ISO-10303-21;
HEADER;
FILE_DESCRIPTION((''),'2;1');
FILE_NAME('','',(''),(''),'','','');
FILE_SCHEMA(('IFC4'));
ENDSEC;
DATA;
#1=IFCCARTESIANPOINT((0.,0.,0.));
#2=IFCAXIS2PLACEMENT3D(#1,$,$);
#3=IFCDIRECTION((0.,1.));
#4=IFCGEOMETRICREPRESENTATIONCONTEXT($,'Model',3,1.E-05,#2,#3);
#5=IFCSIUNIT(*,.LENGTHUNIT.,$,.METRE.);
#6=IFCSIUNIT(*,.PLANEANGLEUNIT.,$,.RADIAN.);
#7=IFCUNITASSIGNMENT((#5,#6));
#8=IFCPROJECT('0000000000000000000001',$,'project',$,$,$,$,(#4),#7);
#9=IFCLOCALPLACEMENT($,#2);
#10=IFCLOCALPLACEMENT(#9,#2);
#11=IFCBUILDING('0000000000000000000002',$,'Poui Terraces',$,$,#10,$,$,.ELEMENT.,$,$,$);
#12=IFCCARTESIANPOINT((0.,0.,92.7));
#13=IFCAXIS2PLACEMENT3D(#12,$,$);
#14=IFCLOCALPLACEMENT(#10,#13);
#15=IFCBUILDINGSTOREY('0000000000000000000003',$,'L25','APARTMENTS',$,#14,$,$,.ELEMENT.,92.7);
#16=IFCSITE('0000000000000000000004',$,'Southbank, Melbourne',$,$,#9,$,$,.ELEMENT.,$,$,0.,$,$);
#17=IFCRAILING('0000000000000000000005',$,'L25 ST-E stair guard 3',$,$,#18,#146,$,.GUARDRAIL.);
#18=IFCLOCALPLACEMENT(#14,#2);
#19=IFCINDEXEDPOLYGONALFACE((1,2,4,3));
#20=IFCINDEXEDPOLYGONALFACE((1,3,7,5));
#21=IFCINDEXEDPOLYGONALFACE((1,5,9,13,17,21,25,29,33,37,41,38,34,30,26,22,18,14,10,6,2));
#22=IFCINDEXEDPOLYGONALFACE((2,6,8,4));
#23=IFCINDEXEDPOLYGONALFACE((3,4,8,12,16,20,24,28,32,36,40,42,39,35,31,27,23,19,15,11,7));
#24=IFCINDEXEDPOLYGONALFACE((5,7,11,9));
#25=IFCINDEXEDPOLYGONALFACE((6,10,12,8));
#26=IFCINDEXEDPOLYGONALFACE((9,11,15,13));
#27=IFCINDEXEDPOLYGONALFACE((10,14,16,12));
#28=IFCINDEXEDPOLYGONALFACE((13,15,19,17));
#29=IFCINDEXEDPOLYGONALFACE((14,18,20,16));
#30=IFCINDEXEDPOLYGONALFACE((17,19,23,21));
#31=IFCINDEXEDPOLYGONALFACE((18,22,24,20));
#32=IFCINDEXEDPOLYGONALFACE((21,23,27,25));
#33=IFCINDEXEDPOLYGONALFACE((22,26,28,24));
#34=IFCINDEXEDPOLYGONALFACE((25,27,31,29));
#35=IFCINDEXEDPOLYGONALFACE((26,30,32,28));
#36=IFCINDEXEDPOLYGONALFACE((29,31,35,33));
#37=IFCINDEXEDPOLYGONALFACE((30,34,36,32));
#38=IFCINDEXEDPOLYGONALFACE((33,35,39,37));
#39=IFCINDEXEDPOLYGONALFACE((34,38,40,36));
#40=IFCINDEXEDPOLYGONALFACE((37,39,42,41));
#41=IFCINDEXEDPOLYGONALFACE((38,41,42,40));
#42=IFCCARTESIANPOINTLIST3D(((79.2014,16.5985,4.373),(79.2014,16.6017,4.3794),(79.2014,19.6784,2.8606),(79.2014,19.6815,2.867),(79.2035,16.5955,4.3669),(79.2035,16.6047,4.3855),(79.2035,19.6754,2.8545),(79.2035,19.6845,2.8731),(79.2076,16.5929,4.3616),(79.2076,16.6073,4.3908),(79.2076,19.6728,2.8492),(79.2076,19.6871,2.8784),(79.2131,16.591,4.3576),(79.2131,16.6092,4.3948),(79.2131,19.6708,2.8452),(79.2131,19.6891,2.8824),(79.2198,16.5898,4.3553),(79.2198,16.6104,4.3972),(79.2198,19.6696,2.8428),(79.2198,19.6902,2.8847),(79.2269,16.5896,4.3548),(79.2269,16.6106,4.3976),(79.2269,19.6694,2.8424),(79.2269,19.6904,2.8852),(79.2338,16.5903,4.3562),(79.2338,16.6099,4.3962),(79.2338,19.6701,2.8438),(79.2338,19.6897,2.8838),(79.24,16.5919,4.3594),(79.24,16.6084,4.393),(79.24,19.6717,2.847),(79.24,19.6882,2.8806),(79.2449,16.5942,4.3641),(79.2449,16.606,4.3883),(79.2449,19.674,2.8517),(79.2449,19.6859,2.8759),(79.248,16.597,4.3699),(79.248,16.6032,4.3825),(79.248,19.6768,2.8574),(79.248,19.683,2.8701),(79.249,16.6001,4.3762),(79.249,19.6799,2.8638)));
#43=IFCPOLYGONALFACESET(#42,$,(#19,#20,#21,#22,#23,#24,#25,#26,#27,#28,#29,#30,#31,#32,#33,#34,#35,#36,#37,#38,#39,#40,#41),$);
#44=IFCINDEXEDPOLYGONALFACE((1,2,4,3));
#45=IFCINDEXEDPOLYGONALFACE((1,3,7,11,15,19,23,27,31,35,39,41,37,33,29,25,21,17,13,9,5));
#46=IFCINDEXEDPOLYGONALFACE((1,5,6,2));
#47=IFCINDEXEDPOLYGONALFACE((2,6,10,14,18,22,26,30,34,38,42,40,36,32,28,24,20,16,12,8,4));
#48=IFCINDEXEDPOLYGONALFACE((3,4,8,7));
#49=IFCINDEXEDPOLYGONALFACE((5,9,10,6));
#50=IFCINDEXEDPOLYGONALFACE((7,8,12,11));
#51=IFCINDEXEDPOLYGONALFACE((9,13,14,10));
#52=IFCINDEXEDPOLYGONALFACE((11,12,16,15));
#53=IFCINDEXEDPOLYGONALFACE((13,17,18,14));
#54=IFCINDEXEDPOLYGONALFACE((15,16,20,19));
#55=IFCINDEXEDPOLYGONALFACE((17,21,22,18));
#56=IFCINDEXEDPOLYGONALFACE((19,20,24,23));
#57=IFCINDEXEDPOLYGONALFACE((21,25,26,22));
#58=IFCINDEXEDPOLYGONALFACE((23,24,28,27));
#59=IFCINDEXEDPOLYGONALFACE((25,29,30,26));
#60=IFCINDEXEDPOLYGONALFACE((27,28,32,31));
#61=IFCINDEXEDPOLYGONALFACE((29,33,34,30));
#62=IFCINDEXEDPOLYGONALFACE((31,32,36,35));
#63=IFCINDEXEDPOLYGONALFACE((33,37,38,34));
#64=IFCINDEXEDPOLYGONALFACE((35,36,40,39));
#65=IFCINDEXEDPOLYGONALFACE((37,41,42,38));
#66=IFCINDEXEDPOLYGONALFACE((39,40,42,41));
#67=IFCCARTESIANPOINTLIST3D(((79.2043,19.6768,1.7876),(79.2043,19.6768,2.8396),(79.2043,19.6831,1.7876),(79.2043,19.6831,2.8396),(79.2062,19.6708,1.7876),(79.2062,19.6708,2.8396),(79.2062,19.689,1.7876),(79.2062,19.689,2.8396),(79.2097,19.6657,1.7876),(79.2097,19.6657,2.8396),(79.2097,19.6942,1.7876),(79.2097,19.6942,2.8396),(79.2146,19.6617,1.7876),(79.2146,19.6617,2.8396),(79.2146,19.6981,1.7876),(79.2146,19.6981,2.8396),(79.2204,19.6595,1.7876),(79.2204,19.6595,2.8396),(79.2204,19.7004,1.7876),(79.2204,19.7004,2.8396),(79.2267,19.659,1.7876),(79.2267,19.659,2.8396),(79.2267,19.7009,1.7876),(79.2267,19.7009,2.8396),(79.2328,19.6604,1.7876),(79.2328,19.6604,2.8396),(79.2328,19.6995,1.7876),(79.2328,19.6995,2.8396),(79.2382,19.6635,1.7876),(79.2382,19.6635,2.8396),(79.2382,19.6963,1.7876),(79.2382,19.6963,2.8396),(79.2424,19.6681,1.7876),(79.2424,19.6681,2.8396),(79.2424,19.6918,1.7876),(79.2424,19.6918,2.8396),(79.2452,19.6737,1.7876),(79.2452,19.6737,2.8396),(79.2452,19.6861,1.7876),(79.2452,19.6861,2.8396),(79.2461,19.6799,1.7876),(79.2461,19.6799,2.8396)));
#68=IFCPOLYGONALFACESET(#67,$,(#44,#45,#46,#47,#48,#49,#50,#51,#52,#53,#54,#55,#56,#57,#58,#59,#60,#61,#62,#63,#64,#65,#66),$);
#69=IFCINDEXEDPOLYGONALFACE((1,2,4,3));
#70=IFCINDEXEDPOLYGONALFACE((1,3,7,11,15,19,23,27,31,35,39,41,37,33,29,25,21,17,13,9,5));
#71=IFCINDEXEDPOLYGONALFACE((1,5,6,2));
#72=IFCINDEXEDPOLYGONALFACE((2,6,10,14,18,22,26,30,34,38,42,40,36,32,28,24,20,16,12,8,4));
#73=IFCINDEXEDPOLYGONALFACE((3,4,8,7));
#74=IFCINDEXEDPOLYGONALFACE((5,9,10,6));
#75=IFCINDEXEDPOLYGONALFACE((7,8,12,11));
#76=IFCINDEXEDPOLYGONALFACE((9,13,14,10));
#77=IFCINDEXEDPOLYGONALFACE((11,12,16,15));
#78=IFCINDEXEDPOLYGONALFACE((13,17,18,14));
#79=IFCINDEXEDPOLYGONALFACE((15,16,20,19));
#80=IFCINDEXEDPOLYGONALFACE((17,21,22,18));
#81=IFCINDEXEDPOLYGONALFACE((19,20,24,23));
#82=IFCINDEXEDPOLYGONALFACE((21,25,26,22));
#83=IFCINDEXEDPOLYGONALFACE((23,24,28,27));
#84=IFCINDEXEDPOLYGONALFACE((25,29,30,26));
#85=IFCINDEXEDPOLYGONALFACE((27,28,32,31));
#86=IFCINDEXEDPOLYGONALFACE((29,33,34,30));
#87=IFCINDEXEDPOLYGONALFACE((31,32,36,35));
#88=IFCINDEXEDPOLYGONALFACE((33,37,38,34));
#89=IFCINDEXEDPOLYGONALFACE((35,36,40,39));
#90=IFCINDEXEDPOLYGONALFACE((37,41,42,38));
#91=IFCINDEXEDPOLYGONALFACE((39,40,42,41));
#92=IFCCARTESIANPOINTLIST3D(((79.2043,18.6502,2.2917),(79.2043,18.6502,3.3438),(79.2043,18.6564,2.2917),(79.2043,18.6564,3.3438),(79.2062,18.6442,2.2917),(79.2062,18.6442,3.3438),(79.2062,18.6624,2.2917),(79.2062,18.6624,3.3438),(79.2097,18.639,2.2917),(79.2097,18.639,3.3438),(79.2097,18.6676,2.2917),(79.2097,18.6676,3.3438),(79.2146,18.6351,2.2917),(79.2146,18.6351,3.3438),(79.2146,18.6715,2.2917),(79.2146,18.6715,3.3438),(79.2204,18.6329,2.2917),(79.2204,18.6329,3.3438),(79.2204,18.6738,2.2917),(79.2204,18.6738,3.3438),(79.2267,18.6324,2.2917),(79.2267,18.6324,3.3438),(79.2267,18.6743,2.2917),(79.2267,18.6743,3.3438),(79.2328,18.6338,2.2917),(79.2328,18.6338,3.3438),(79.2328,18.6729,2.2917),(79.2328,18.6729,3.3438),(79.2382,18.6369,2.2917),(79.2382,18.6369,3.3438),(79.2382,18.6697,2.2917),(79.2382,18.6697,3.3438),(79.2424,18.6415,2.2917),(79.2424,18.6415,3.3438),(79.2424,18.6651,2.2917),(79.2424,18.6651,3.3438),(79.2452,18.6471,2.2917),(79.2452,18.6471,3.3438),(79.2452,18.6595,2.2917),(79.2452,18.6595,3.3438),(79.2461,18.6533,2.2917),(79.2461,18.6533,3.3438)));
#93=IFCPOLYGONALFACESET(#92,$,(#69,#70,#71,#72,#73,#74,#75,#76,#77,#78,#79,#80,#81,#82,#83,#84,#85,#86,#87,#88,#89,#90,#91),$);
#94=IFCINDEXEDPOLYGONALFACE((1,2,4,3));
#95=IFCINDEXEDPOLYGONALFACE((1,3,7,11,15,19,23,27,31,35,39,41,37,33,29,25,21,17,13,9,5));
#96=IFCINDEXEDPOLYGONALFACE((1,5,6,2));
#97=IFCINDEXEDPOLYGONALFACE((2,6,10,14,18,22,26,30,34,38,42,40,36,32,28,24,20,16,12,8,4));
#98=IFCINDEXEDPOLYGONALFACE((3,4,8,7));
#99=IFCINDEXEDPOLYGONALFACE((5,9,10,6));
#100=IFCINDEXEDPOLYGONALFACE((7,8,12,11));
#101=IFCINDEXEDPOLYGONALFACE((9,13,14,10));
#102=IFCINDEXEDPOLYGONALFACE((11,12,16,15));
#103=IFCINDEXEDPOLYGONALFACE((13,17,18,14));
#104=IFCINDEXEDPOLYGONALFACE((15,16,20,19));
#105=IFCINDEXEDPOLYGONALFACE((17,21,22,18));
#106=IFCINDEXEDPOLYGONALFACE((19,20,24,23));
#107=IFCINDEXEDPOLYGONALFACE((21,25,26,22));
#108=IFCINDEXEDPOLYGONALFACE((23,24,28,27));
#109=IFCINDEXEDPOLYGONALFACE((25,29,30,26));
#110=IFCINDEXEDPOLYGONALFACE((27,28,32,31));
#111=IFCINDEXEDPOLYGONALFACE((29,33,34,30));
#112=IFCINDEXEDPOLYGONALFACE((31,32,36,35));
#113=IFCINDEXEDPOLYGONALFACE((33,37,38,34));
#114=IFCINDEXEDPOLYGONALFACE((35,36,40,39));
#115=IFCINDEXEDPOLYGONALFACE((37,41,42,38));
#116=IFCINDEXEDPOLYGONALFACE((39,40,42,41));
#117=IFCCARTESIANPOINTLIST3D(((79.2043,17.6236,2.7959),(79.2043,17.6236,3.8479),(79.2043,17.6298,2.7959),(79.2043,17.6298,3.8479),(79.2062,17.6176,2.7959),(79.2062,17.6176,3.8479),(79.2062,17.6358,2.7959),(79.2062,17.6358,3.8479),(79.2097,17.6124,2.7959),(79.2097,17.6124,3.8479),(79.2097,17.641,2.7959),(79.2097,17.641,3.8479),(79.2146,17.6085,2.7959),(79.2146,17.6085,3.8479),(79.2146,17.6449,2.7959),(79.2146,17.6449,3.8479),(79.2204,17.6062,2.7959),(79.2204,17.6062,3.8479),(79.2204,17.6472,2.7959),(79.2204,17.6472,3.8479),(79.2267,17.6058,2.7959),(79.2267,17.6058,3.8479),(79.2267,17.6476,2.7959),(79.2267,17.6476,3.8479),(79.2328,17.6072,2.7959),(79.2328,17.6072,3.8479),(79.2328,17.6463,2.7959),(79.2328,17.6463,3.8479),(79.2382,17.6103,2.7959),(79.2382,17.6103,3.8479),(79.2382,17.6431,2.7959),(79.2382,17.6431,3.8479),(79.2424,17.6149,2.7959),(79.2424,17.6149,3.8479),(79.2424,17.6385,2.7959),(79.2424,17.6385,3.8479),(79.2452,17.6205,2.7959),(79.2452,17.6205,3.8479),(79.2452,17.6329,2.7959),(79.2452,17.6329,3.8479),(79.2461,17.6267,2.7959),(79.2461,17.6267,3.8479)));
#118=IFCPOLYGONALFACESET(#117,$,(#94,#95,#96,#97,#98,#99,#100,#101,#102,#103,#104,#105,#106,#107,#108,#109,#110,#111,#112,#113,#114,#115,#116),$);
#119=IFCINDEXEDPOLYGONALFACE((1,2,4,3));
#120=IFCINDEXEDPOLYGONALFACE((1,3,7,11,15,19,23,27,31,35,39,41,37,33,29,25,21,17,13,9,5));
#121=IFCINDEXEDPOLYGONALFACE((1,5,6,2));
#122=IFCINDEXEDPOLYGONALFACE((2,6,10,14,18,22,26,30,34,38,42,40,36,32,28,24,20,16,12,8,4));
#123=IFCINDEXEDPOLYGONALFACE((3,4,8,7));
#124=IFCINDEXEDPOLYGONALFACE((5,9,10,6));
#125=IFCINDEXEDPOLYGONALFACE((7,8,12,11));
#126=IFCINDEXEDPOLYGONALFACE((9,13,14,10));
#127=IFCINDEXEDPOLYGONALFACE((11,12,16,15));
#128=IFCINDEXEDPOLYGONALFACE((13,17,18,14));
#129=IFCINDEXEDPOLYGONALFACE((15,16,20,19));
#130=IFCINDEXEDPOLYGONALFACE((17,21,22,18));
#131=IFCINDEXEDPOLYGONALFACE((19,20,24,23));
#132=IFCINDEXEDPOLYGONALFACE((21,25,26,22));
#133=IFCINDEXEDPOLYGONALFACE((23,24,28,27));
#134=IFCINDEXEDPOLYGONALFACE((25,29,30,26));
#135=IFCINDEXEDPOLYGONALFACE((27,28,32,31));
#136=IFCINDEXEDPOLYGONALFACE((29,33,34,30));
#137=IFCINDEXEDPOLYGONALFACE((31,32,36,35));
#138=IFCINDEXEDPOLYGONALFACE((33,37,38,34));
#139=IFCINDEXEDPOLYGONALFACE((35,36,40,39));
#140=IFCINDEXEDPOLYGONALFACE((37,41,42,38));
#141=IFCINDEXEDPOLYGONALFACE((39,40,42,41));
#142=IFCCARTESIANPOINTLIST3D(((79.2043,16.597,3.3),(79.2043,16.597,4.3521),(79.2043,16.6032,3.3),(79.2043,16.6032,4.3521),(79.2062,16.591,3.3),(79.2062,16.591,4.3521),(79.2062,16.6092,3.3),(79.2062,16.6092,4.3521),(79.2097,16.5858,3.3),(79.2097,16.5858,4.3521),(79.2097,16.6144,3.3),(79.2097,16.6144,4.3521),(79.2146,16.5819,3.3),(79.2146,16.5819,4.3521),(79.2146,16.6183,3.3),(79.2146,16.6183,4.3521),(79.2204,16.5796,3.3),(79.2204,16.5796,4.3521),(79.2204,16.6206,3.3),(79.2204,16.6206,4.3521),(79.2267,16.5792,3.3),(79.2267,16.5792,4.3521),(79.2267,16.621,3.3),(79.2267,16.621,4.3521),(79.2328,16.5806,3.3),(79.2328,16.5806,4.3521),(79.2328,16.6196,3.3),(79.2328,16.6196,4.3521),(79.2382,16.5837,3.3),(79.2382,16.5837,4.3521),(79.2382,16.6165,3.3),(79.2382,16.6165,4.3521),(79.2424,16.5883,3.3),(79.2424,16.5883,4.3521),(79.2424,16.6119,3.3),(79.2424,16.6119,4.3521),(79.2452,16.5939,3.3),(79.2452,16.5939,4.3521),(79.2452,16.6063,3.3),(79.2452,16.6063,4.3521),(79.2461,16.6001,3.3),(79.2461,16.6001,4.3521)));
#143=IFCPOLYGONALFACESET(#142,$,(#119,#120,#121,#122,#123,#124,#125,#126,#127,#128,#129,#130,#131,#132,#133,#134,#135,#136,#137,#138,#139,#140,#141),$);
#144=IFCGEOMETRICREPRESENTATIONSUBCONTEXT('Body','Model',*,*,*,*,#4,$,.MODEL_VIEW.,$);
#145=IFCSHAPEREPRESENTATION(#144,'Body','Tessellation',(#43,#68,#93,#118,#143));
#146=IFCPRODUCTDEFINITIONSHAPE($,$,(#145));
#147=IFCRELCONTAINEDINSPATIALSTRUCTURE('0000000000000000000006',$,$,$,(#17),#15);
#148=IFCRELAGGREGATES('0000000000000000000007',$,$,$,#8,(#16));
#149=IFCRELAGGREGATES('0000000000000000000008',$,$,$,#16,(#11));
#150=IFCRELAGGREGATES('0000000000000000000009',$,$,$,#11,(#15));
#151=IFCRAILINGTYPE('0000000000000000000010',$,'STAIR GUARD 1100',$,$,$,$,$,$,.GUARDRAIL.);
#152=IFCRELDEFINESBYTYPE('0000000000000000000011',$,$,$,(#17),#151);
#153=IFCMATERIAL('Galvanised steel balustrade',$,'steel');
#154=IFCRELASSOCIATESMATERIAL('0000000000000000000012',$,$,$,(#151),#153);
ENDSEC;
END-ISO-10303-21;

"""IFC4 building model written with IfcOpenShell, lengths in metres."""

from ifc_helpers import new_model, si_unit, direction, frame, origin, origin_2d, place, context, subcontext, project, spatial, circle, extrude, material, type_object, element, save


model = new_model("IFC4")

# Units and contexts
model_context = context("Model", 3, precision=1e-05, world=origin(), true_north=direction((0.0, 1.0)))
body_context = subcontext(model_context, "Body", "Model", "MODEL_VIEW")
ifc_project = project(units=[si_unit("LENGTHUNIT", "METRE"), si_unit("PLANEANGLEUNIT", "RADIAN")], contexts=[model_context])

# Site, building, storey
site_placement = place(None, origin())
site = spatial("IfcSite", under=ifc_project, at=site_placement, Name="Southbank, Melbourne", CompositionType="ELEMENT", RefElevation=0.0)
building_placement = place(site_placement, origin())
building = spatial("IfcBuilding", under=site, at=building_placement, Name="Poui Terraces", CompositionType="ELEMENT")
storey_placement = place(building_placement, frame((0.0, 0.0, 92.7)))
storey = spatial("IfcBuildingStorey", under=building, at=storey_placement, Name="L25", Description="APARTMENTS", CompositionType="ELEMENT", Elevation=92.7)

# Railing
ifc_material_1 = material(Name="Galvanised steel balustrade", Category="steel")
railing_type_1 = type_object("IfcRailingType", Name="STAIR GUARD 1100", PredefinedType="GUARDRAIL", material=ifc_material_1)
railing_1_placement = place(storey_placement, frame((79.2251, 19.6799, 1.7876)))
element("IfcRailing", 1, at=railing_1_placement, inside=storey, type_object=railing_type_1, Name="L25 ST-E stair guard 3", PredefinedType="GUARDRAIL", context=body_context, shape_type="SweptSolid", body=[
    extrude(circle(Radius=0.0239, at=origin_2d()), frame((0.0, 0.0, 1.0762), z_axis=(0.0, -0.897606, 0.440798), x_axis=(1.0, 0.0, 0.0)), (0.0, 0.0, 1.0), 3.4312),
    extrude(circle(Radius=0.021, at=origin_2d()), origin(), (0.0, 0.0, 1.0), 1.052),
    extrude(circle(Radius=0.021, at=origin_2d()), frame((0.0, -1.0266, 0.5042)), (0.0, 0.0, 1.0), 1.052),
    extrude(circle(Radius=0.021, at=origin_2d()), frame((0.0, -2.0532, 1.0083)), (0.0, 0.0, 1.0), 1.052),
    extrude(circle(Radius=0.021, at=origin_2d()), frame((0.0, -3.0798, 1.5125)), (0.0, 0.0, 1.0), 1.052),
])

save(model, "model.ifc")
